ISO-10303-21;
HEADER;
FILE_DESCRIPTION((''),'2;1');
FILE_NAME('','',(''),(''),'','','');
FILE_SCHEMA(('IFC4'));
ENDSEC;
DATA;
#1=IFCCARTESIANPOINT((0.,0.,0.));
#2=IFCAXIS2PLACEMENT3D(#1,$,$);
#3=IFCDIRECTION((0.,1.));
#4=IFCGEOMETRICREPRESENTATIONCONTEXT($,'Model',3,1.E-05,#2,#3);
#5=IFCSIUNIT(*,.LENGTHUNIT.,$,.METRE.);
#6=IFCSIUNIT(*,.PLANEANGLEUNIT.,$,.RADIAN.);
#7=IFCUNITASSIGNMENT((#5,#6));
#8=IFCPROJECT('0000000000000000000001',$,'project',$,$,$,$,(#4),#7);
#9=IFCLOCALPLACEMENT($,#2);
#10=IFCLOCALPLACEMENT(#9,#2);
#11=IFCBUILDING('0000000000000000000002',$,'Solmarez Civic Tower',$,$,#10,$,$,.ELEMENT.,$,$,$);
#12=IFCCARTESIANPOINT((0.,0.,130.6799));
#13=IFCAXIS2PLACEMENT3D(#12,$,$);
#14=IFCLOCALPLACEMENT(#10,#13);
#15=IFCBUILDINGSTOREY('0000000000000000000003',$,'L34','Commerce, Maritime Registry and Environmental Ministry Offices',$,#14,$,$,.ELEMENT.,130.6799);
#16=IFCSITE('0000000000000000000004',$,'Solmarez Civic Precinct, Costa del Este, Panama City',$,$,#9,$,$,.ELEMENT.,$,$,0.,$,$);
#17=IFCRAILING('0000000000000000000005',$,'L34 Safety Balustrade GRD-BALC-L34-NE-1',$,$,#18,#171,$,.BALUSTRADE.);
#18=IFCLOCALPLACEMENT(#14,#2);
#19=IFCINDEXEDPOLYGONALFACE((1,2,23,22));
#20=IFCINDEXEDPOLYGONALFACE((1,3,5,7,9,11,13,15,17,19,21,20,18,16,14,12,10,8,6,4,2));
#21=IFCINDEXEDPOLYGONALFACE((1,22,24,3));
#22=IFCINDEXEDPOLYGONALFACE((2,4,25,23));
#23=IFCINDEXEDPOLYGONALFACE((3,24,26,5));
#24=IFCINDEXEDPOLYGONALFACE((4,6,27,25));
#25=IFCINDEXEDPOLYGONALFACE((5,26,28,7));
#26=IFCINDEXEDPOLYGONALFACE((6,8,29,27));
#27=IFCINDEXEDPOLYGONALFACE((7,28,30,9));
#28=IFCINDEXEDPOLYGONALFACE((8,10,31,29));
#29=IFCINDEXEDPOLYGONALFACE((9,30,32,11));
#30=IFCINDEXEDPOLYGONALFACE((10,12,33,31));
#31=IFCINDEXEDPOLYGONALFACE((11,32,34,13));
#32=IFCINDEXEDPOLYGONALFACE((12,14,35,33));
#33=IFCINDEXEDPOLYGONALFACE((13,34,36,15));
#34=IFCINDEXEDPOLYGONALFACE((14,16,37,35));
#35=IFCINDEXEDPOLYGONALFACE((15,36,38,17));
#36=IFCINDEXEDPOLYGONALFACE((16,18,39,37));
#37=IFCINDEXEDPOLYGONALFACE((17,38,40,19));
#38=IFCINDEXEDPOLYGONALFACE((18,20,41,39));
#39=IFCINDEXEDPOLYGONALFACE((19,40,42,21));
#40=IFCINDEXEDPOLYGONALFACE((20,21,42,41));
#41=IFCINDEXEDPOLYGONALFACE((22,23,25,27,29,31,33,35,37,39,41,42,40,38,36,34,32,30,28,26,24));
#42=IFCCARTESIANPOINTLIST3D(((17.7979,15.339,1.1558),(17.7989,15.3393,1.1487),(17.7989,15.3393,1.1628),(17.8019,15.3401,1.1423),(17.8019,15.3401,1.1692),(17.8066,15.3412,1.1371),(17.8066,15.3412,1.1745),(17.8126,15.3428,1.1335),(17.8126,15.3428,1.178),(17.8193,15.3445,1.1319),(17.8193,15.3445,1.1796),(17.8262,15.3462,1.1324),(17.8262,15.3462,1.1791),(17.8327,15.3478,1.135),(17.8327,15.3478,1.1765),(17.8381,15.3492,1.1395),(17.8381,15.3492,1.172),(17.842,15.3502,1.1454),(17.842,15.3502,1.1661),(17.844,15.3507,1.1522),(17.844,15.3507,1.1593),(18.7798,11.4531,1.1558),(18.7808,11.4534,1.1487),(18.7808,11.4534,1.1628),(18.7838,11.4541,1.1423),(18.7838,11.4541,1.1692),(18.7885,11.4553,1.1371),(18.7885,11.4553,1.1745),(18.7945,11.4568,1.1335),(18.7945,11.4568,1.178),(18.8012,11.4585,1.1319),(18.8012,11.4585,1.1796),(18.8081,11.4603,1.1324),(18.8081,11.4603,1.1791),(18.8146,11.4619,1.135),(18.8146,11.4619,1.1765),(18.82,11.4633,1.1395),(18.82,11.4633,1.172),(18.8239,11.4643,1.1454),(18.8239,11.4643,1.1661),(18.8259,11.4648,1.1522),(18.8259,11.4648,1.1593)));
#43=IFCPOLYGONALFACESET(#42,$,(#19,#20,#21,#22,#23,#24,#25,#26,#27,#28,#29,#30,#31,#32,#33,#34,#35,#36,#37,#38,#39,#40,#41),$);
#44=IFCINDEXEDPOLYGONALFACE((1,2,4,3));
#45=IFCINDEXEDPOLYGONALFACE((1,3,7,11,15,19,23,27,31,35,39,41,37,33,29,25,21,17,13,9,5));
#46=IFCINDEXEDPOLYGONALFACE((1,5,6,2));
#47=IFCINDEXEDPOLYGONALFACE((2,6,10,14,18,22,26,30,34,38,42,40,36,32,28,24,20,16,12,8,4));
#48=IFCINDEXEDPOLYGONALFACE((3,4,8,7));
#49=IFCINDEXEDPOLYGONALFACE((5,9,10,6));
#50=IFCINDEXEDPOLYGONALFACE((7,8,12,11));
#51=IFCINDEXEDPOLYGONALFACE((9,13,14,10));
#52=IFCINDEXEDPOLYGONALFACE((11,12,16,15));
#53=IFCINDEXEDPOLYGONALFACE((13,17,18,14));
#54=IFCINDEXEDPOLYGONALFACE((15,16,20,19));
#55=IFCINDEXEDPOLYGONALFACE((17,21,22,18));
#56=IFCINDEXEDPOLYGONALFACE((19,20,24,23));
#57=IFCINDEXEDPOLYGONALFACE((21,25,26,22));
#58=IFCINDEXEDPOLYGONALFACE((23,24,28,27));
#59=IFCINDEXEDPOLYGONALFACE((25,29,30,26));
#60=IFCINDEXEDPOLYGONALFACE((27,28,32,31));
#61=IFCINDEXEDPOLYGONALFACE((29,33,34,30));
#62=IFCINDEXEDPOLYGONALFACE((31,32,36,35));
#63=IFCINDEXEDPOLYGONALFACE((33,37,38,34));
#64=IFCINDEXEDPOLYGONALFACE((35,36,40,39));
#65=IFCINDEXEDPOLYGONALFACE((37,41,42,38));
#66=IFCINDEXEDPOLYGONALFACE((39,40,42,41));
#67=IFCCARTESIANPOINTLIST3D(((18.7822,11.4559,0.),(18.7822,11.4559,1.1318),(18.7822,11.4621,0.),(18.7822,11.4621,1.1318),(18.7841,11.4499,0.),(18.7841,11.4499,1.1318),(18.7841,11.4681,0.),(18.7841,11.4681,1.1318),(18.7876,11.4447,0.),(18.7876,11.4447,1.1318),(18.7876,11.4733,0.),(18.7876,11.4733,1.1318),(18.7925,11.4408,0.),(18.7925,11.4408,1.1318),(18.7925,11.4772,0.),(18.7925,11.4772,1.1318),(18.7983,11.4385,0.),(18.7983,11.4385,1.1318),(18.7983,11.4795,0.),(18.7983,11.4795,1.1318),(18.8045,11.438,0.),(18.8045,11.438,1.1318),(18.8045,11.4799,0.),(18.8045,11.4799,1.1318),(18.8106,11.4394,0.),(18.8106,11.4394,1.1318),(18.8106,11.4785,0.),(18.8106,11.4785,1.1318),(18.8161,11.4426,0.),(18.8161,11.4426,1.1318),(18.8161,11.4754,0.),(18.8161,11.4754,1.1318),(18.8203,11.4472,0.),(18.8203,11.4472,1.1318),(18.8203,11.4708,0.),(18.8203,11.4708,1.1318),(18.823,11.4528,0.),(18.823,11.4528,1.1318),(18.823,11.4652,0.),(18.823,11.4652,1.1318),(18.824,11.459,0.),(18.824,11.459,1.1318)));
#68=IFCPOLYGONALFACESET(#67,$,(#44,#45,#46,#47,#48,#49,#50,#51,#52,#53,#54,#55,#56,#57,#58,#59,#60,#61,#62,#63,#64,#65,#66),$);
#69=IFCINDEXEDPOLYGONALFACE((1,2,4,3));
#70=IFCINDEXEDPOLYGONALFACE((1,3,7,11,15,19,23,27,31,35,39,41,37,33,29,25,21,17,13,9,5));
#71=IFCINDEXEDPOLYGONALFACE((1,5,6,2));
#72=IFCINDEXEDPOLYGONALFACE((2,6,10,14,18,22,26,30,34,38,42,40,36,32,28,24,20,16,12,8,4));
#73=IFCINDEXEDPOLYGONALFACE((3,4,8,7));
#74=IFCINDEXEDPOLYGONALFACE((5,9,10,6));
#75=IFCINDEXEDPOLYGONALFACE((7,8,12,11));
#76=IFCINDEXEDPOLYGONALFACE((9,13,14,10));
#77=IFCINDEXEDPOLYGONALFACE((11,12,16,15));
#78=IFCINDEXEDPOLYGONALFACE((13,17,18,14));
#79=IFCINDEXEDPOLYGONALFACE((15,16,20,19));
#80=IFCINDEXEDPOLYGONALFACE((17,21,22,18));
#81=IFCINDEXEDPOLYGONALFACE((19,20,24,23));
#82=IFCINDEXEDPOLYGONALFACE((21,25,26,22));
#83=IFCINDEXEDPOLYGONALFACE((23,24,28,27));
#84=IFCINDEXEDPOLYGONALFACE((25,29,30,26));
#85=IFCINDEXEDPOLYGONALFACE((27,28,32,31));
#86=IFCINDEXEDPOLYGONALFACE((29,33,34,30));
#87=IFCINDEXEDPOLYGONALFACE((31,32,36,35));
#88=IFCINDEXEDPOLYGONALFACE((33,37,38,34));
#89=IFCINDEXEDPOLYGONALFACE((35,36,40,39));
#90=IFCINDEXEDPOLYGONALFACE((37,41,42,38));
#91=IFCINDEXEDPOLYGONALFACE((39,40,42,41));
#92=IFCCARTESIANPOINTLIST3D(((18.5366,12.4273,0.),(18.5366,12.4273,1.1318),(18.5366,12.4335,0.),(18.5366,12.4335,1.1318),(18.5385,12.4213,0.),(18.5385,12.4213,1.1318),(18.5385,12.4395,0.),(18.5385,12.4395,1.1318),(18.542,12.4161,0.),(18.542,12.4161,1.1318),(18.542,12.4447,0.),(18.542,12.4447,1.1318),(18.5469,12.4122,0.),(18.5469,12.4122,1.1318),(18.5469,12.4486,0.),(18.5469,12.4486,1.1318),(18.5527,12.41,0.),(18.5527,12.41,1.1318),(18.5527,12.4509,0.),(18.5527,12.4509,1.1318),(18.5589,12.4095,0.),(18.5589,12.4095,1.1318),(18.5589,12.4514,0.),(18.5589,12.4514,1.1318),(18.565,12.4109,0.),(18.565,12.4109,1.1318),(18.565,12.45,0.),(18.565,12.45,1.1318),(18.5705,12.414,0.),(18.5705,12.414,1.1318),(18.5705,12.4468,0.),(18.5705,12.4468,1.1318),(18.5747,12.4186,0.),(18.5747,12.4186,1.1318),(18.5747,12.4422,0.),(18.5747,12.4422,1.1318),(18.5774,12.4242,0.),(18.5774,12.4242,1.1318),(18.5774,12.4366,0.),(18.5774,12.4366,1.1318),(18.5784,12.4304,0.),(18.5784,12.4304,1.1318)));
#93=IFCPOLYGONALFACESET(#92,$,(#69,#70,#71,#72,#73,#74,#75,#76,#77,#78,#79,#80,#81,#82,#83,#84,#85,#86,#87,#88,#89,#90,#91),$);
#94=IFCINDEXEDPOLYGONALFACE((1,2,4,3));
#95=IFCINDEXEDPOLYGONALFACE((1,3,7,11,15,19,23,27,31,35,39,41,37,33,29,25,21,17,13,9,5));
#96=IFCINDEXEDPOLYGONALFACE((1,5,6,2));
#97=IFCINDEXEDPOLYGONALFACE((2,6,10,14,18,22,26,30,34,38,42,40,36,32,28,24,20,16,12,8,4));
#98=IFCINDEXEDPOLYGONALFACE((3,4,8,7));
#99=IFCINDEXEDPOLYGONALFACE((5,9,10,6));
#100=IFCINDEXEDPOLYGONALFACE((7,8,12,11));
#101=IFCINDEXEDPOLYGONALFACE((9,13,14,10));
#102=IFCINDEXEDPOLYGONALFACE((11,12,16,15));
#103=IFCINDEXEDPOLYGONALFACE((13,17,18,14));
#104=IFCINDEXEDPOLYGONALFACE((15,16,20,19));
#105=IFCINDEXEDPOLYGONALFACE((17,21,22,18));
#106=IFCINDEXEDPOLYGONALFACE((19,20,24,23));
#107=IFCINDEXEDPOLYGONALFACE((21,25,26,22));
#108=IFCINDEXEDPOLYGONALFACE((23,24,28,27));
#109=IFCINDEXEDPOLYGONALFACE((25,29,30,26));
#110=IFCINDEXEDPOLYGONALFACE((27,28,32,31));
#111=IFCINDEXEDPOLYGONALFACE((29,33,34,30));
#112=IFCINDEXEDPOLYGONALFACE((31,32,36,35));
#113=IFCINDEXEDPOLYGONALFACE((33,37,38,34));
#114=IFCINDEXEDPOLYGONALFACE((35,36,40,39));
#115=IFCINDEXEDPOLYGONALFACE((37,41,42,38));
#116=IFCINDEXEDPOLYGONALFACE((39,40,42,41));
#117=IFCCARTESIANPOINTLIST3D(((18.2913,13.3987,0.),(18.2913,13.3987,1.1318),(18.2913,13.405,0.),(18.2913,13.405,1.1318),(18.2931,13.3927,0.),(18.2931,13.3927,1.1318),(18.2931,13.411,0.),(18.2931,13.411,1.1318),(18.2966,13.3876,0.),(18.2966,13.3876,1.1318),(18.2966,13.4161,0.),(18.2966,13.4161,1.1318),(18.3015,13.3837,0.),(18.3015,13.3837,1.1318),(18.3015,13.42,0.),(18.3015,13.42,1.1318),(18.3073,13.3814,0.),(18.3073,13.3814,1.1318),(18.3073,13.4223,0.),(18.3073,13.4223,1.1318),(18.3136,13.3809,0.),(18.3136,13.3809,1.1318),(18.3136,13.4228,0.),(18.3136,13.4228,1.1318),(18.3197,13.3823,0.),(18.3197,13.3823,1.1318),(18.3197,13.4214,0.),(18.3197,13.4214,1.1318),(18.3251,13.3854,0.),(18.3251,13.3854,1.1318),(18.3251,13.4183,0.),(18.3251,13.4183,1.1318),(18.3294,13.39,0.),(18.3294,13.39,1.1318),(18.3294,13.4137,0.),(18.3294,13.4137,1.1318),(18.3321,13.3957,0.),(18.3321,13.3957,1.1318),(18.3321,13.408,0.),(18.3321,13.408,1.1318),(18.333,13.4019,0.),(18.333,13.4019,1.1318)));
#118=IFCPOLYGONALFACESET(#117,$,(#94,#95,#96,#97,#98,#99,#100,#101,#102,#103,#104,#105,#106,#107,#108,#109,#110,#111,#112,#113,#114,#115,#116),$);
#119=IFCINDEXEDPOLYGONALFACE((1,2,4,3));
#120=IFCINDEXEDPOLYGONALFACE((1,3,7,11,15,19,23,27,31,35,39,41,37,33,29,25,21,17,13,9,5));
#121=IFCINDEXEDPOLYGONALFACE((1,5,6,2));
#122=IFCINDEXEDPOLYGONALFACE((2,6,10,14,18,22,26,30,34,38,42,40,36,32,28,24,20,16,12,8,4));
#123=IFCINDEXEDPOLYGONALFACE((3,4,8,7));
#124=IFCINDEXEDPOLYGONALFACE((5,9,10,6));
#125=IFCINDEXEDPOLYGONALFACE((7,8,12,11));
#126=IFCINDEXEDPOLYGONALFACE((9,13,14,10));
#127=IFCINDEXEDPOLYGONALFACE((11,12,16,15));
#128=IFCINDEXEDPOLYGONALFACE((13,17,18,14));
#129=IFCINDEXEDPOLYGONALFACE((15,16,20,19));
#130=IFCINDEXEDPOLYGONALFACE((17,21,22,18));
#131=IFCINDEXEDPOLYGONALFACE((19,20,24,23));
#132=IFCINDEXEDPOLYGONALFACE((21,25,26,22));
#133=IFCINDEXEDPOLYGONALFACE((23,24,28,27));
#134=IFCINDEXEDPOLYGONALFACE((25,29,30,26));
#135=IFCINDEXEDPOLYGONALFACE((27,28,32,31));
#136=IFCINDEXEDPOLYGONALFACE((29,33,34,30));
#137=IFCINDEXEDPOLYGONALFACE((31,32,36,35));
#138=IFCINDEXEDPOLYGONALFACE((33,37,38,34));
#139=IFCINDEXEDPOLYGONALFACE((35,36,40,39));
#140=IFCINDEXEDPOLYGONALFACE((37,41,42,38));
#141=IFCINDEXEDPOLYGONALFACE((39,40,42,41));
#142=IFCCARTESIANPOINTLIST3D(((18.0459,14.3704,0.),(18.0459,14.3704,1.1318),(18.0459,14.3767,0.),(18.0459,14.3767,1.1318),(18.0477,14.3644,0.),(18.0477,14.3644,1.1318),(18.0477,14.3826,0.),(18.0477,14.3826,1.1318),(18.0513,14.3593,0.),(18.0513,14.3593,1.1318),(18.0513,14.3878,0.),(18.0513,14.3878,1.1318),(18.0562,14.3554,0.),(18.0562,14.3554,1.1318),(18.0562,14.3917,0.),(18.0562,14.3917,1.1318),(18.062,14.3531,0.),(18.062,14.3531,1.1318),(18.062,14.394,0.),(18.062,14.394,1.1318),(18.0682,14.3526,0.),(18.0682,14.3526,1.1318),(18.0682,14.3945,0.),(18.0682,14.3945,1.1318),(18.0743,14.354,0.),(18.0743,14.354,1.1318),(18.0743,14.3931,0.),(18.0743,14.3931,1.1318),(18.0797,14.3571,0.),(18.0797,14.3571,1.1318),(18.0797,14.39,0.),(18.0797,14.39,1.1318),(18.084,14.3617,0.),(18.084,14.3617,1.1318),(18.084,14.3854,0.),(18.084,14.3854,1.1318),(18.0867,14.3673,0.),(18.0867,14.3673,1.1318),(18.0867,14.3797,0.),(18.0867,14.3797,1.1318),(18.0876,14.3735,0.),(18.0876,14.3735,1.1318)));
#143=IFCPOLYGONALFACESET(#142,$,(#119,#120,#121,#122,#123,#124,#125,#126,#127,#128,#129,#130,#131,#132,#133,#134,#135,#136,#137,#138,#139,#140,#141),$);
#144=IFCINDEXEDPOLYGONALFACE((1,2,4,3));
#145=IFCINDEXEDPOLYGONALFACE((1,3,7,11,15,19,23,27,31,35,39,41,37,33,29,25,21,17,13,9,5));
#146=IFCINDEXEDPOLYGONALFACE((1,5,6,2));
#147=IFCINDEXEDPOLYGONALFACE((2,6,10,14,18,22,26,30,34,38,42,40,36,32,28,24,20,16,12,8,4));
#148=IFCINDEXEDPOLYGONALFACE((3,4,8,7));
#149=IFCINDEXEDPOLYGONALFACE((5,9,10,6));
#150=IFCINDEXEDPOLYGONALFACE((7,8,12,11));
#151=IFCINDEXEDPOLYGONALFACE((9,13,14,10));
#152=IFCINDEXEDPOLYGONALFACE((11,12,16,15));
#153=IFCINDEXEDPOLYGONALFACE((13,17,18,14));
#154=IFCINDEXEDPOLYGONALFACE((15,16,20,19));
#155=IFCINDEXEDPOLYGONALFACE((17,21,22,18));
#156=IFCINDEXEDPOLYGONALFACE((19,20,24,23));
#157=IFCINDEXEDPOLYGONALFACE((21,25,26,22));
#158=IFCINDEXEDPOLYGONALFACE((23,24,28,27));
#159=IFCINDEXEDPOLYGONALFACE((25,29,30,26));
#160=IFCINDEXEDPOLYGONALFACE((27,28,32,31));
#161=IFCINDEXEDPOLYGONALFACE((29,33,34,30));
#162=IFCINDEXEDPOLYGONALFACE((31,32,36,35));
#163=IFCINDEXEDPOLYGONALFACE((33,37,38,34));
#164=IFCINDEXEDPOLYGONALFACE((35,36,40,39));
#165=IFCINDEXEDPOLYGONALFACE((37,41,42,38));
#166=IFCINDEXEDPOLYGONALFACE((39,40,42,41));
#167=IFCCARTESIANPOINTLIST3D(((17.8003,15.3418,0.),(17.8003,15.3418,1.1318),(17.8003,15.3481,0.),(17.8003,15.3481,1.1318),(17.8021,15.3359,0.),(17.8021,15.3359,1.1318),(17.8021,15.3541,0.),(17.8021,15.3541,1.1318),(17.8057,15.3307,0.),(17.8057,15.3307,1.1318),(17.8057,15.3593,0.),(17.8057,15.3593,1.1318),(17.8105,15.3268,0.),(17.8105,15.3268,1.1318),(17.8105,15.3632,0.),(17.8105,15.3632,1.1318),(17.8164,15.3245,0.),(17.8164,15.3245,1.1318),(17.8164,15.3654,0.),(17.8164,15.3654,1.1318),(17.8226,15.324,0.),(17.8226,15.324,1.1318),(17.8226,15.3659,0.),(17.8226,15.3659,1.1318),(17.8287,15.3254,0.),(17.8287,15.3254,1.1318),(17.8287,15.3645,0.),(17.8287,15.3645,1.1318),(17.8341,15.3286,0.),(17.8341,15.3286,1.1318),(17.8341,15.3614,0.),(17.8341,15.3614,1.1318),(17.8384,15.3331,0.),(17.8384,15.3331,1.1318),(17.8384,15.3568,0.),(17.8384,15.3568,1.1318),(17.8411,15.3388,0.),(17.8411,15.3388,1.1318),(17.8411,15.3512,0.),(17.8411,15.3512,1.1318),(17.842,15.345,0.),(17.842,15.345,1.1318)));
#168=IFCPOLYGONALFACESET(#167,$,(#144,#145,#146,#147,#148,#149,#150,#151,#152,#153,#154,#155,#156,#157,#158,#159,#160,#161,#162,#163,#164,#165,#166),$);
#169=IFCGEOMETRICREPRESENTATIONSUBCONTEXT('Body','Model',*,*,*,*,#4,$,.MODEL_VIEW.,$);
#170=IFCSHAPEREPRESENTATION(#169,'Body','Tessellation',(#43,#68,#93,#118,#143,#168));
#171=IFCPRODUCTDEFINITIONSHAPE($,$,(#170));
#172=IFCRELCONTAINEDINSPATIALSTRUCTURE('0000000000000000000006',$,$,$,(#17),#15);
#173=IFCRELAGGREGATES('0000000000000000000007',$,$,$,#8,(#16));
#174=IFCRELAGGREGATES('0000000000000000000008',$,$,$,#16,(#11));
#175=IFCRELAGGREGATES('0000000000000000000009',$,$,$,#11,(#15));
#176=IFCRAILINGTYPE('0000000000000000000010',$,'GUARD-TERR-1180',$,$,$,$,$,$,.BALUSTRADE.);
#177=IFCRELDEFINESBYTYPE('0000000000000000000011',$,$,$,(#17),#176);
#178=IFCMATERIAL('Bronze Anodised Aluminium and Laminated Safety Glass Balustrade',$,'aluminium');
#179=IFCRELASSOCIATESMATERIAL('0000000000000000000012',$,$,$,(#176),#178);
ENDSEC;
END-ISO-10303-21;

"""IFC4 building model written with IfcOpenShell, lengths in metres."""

from ifc_helpers import new_model, si_unit, direction, frame, origin, origin_2d, place, context, subcontext, project, spatial, circle, extrude, material, type_object, element, save


model = new_model("IFC4")

# Units and contexts
model_context = context("Model", 3, precision=1e-05, world=origin(), true_north=direction((0.0, 1.0)))
body_context = subcontext(model_context, "Body", "Model", "MODEL_VIEW")
ifc_project = project(units=[si_unit("LENGTHUNIT", "METRE"), si_unit("PLANEANGLEUNIT", "RADIAN")], contexts=[model_context])

# Site, building, storey
site_placement = place(None, origin())
site = spatial("IfcSite", under=ifc_project, at=site_placement, Name="Solmarez Civic Precinct, Costa del Este, Panama City", CompositionType="ELEMENT", RefElevation=0.0)
building_placement = place(site_placement, origin())
building = spatial("IfcBuilding", under=site, at=building_placement, Name="Solmarez Civic Tower", CompositionType="ELEMENT")
storey_placement = place(building_placement, frame((0.0, 0.0, 130.6799)))
storey = spatial("IfcBuildingStorey", under=building, at=storey_placement, Name="L34", Description="Commerce, Maritime Registry and Environmental Ministry Offices", CompositionType="ELEMENT", Elevation=130.6799)

# Railing
ifc_material_1 = material(Name="Bronze Anodised Aluminium and Laminated Safety Glass Balustrade", Category="aluminium")
railing_type = type_object("IfcRailingType", Name="GUARD-TERR-1180", PredefinedType="BALUSTRADE", material=ifc_material_1)
railing_1_placement = place(storey_placement, frame((18.803, 11.459, 0.0)))
element("IfcRailing", 1, at=railing_1_placement, inside=storey, type_object=railing_type, Name="L34 Safety Balustrade GRD-BALC-L34-NE-1", PredefinedType="BALUSTRADE", context=body_context, shape_type="SweptSolid", body=[
    extrude(circle(Radius=0.0239, at=origin_2d()), frame((0.0, 0.0, 1.1558), z_axis=(-0.244986, 0.969527, 0.0), x_axis=(-0.969527, -0.244986, 0.0)), (0.0, 0.0, 1.0), 4.0081),
    extrude(circle(Radius=0.021, at=origin_2d()), origin(), (0.0, 0.0, 1.0), 1.1318),
    extrude(circle(Radius=0.021, at=origin_2d()), frame((-0.2456, 0.9714, 0.0)), (0.0, 0.0, 1.0), 1.1318),
    extrude(circle(Radius=0.021, at=origin_2d()), frame((-0.491, 1.9429, 0.0)), (0.0, 0.0, 1.0), 1.1318),
    extrude(circle(Radius=0.021, at=origin_2d()), frame((-0.7363, 2.9146, 0.0)), (0.0, 0.0, 1.0), 1.1318),
    extrude(circle(Radius=0.021, at=origin_2d()), frame((-0.9819, 3.886, 0.0)), (0.0, 0.0, 1.0), 1.1318),
])

save(model, "model.ifc")
